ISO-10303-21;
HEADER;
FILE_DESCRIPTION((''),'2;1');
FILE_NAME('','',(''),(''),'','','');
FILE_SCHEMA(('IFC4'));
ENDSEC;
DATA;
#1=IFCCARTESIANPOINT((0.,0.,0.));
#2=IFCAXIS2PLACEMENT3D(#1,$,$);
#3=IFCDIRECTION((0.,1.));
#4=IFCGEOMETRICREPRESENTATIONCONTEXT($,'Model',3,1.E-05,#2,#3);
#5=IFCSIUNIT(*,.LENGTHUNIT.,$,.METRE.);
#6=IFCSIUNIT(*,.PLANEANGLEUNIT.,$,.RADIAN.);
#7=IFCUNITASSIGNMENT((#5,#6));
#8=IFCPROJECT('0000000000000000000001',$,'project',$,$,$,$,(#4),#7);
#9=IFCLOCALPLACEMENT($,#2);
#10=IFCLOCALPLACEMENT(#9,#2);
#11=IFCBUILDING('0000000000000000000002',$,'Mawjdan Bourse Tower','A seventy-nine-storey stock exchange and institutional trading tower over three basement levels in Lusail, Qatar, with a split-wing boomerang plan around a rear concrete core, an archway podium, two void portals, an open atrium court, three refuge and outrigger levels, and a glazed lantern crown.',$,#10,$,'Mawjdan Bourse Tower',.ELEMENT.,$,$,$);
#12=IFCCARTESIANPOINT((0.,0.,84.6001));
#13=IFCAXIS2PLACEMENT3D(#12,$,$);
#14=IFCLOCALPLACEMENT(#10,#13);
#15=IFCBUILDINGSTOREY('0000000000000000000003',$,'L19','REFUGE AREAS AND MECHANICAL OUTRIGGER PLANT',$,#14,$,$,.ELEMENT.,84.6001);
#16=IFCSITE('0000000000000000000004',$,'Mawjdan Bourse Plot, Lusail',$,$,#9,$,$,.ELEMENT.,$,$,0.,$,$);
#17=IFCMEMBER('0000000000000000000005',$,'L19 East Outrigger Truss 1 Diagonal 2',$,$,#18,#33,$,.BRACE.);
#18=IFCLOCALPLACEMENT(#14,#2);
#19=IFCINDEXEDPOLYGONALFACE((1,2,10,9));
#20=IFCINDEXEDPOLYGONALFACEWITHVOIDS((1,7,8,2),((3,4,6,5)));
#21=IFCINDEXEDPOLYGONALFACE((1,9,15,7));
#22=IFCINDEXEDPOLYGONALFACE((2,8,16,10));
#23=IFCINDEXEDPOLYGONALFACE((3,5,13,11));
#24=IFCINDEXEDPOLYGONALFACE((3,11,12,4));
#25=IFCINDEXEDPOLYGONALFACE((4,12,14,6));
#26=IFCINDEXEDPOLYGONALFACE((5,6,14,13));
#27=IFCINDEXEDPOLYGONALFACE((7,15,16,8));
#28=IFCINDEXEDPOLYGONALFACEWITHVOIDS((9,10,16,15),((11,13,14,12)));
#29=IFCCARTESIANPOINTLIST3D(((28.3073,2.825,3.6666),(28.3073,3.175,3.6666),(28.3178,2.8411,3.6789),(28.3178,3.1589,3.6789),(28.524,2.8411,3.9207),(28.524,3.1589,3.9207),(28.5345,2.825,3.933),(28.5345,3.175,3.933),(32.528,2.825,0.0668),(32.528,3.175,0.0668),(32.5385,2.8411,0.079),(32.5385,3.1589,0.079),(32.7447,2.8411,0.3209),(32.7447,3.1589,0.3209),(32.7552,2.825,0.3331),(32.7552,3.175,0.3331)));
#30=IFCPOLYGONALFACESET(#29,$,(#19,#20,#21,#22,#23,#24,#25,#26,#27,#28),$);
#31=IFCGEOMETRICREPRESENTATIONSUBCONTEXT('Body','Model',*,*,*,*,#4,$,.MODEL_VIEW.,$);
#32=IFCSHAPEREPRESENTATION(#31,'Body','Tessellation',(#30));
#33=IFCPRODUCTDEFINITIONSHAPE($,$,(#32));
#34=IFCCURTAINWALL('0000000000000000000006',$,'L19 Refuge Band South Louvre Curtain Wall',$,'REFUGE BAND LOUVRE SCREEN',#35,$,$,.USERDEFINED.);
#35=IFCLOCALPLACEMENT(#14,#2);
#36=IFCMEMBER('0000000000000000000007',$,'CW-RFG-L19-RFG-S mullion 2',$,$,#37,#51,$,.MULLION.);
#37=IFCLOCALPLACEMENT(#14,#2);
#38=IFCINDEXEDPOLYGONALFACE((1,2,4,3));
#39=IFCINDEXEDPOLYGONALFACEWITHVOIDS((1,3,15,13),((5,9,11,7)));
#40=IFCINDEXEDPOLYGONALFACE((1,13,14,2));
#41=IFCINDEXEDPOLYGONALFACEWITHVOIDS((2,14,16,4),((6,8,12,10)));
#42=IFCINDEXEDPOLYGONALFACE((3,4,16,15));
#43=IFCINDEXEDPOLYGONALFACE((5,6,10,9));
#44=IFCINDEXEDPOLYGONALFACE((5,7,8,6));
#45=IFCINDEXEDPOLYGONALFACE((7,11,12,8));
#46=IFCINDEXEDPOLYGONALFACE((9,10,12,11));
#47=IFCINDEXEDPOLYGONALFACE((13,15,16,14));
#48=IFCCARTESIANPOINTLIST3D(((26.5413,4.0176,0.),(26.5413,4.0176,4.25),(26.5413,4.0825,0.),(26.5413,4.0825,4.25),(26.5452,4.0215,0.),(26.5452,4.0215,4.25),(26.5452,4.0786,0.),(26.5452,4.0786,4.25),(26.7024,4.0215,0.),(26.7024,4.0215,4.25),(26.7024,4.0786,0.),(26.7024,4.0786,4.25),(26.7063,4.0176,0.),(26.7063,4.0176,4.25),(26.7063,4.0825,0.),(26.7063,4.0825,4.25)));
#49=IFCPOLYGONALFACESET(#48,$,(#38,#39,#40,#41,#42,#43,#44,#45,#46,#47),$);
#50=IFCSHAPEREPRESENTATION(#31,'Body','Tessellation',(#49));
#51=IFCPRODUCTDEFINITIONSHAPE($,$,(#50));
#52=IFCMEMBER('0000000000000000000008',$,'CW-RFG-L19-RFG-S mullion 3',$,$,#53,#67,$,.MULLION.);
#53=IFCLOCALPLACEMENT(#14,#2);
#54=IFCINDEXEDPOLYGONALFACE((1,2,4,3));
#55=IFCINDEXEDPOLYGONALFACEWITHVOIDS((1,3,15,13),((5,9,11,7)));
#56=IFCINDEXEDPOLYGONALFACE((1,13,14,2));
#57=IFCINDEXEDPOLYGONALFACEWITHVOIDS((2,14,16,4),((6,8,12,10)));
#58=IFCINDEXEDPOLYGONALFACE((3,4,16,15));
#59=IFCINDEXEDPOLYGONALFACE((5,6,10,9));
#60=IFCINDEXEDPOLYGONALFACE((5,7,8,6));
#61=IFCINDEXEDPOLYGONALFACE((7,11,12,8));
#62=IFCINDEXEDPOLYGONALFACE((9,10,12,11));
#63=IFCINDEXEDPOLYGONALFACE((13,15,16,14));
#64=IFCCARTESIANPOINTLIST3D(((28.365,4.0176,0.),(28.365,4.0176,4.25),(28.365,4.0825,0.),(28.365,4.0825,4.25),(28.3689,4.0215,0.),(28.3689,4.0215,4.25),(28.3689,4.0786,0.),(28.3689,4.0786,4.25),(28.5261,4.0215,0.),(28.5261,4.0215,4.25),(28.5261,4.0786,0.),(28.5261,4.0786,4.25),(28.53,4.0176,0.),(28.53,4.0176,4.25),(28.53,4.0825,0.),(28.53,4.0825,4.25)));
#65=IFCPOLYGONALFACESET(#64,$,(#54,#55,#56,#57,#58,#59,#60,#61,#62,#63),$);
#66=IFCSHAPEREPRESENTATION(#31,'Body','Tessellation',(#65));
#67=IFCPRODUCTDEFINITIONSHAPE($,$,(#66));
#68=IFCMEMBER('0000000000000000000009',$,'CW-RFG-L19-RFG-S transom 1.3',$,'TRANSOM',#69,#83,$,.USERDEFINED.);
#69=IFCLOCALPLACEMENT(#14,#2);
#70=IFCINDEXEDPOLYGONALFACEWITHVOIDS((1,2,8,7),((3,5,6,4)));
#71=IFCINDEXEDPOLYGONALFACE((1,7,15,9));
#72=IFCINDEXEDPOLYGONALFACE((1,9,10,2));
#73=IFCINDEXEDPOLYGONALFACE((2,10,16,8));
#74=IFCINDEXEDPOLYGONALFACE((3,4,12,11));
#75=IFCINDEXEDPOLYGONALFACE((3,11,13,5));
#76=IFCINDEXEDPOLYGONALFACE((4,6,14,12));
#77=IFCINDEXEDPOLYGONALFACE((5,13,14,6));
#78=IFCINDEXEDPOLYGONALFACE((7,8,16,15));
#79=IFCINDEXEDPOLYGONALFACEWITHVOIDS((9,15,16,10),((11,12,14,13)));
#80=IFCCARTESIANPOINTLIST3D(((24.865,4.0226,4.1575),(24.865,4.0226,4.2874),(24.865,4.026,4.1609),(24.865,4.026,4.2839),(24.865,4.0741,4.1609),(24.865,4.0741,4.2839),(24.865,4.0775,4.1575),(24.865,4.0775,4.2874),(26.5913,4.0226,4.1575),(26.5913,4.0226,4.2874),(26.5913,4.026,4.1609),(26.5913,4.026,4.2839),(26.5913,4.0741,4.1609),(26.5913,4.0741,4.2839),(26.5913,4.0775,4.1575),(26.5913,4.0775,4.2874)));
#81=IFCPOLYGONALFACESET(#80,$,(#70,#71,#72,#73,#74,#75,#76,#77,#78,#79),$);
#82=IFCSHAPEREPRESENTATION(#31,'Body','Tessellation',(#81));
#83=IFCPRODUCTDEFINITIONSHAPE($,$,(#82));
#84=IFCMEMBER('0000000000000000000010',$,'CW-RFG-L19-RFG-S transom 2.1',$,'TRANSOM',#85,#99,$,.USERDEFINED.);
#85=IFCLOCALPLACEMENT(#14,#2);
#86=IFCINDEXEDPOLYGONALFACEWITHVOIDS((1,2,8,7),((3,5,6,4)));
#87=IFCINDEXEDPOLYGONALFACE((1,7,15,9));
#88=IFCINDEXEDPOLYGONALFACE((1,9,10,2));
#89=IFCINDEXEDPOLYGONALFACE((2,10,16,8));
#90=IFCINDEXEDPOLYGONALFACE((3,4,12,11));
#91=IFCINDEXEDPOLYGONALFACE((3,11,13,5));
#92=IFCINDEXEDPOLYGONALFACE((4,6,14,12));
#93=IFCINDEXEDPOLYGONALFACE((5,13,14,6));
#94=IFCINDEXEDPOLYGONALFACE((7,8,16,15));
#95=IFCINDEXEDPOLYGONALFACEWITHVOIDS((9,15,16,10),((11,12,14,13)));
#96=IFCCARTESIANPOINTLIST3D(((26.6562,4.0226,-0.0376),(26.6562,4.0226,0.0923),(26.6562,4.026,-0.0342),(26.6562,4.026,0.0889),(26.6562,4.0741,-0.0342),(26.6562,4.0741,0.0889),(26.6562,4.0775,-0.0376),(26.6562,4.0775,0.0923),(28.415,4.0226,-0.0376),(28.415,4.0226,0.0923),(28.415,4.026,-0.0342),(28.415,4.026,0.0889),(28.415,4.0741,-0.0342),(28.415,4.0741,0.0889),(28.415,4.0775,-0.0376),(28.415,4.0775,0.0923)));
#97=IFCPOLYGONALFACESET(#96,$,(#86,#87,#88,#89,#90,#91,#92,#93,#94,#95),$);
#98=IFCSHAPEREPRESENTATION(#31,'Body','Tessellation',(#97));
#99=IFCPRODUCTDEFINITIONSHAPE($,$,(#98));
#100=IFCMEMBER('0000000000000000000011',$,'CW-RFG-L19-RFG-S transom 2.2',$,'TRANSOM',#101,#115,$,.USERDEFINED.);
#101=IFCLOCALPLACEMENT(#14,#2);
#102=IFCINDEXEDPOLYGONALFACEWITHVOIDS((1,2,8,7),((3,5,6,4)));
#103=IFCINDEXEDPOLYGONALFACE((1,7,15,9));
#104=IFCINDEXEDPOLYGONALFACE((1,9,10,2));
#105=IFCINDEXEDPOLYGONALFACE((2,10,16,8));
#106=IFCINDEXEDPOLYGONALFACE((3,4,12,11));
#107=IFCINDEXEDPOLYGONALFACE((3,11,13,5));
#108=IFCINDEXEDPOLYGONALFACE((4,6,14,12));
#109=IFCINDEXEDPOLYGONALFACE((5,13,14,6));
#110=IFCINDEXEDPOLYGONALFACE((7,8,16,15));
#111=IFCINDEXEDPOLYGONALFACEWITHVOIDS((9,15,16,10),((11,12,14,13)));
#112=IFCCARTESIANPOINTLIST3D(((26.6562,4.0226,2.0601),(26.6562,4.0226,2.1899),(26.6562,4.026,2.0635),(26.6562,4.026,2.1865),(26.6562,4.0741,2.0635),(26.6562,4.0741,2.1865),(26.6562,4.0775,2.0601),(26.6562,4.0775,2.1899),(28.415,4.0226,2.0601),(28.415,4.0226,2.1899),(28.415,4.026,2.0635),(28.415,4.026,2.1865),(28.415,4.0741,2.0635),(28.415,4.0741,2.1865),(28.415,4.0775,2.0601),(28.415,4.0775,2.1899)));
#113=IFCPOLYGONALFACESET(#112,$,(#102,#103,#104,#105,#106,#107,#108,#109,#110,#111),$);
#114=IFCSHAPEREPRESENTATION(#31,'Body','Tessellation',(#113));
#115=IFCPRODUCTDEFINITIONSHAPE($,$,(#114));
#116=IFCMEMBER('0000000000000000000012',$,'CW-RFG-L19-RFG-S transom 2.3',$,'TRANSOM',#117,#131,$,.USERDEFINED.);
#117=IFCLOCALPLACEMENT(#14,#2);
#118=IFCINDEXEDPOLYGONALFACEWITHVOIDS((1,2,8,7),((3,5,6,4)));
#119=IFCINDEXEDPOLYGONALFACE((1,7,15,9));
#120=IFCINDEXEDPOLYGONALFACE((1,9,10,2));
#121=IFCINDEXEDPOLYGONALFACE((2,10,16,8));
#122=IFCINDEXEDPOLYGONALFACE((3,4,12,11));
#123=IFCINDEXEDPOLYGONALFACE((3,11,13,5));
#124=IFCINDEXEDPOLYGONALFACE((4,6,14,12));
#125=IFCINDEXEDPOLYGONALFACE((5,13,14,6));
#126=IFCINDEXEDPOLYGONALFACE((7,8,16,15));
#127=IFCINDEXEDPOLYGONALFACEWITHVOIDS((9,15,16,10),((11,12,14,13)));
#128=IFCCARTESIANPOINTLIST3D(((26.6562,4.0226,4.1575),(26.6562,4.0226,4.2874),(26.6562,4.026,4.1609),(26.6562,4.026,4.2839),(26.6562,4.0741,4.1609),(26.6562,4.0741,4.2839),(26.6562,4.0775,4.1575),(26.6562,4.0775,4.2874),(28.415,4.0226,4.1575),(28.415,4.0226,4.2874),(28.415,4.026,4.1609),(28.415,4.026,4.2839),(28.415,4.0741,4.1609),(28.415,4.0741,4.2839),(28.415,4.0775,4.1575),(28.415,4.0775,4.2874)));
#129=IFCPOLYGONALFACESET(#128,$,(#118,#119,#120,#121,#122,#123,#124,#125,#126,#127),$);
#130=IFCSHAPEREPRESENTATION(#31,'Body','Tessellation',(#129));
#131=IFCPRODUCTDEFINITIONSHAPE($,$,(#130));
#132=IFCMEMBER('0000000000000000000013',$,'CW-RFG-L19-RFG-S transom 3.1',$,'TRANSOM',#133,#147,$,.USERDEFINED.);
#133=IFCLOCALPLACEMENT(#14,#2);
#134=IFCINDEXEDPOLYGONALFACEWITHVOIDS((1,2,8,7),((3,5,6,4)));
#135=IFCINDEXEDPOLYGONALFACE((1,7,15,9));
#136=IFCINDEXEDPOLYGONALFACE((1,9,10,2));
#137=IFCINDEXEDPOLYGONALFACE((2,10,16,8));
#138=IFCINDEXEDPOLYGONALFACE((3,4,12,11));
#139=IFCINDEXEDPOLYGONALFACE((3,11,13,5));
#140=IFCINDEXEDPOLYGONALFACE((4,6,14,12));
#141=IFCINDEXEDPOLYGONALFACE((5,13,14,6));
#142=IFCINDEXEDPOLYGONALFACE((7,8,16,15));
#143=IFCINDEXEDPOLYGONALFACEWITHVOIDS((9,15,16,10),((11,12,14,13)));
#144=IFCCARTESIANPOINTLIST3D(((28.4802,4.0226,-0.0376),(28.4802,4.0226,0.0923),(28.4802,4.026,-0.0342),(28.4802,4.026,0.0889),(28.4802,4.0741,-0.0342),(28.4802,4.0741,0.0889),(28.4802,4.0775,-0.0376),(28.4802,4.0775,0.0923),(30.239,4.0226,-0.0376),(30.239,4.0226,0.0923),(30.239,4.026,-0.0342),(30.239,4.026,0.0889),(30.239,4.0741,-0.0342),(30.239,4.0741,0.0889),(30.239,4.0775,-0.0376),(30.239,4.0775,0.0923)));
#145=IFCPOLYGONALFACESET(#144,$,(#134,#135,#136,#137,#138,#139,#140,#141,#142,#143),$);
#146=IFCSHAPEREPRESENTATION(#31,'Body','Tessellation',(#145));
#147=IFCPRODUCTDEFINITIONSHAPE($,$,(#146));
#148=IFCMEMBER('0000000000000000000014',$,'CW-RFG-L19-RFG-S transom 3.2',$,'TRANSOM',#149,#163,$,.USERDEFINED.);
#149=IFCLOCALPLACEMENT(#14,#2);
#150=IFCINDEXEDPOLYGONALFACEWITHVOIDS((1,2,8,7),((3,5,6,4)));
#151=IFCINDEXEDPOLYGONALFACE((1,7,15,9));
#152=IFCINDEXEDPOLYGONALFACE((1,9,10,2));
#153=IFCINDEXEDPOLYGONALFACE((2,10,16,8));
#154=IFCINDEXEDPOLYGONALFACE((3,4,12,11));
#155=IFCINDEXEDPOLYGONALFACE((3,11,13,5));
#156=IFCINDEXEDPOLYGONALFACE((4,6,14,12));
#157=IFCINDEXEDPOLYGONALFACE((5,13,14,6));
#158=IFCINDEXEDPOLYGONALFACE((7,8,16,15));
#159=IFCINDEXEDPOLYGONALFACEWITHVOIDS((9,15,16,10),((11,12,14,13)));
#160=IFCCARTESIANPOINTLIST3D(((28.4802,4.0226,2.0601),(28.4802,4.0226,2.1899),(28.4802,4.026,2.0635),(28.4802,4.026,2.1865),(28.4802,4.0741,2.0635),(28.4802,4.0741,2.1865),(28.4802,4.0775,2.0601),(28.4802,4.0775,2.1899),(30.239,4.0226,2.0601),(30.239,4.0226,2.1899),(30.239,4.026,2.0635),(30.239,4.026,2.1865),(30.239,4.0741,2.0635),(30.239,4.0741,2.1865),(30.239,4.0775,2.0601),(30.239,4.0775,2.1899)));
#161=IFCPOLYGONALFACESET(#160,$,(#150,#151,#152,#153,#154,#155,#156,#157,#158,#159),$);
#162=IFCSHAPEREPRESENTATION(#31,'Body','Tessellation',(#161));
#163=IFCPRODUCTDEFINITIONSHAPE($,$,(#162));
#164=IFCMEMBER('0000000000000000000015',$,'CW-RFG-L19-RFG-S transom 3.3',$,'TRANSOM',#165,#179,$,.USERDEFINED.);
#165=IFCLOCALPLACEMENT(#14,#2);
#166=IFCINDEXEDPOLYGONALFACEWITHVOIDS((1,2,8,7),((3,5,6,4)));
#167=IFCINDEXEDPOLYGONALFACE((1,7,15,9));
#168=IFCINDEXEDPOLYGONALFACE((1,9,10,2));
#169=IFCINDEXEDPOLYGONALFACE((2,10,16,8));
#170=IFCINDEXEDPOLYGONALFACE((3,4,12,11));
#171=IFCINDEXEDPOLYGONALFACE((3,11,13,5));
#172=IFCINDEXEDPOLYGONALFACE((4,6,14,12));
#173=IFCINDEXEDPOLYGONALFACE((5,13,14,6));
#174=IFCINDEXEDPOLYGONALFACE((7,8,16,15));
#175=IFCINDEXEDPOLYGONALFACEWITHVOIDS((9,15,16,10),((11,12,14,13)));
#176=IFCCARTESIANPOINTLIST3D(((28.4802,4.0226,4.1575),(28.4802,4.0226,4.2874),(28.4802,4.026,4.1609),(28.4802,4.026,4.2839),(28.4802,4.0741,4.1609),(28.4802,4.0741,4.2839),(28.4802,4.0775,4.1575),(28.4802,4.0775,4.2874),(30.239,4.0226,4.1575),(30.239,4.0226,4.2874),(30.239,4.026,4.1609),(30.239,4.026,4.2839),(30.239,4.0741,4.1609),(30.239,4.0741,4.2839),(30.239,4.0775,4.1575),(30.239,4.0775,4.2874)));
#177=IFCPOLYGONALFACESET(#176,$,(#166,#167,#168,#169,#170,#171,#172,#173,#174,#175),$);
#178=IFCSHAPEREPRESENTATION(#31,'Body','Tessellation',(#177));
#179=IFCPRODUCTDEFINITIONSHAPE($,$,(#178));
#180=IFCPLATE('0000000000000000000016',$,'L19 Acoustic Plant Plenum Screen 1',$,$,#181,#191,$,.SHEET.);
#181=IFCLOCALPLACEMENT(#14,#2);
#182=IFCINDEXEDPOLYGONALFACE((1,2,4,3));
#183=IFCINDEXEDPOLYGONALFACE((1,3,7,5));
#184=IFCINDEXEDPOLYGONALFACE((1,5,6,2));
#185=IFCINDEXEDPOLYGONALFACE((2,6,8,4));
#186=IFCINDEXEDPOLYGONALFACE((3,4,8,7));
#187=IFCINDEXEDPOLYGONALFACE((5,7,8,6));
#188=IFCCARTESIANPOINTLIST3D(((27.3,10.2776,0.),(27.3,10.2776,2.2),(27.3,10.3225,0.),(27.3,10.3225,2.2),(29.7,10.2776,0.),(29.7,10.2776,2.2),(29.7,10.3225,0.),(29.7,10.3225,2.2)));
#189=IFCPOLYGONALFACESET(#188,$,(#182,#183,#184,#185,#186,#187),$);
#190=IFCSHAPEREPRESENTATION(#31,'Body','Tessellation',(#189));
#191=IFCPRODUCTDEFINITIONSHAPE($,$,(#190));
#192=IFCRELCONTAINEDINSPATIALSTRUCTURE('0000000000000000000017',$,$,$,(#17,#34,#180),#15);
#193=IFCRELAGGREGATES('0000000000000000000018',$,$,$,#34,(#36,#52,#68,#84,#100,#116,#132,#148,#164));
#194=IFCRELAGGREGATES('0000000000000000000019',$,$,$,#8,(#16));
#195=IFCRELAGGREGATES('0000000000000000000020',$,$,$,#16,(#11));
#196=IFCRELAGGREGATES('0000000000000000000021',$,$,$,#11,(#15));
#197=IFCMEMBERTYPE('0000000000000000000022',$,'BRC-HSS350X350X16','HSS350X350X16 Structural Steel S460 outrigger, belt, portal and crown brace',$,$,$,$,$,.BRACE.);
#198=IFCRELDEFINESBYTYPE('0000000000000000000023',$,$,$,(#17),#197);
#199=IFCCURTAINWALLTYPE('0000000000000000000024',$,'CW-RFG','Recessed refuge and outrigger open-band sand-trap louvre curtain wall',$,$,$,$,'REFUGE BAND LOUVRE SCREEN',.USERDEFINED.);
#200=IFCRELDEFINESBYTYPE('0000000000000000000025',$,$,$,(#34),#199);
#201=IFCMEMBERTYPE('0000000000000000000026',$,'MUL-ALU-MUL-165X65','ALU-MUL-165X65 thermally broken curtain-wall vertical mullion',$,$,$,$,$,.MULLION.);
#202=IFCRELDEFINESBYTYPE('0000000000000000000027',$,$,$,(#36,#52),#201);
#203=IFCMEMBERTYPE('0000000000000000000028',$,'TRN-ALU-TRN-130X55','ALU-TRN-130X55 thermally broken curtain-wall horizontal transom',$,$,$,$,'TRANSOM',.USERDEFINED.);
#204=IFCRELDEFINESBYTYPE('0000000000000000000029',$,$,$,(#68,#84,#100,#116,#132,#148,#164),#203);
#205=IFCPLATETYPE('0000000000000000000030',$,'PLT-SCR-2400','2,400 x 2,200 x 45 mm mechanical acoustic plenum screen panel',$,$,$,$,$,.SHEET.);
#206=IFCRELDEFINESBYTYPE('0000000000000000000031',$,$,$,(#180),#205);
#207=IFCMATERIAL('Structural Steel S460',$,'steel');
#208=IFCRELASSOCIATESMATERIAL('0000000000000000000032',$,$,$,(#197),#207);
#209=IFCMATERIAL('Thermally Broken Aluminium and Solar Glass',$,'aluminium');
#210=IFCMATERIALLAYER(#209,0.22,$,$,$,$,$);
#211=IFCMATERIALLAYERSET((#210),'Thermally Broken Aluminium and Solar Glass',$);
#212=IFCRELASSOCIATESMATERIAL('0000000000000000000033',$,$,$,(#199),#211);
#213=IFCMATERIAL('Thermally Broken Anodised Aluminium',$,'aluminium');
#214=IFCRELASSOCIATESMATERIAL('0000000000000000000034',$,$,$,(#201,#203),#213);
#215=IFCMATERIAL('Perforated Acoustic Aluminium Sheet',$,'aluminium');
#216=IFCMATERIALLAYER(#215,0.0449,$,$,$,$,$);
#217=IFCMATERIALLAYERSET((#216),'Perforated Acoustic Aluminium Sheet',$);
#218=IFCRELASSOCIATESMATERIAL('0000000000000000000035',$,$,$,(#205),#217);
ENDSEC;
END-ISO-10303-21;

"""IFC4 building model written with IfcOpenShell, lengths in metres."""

from ifc_helpers import new_model, si_unit, direction, frame, origin, origin_2d, place, context, subcontext, project, spatial, rectangle, hollow_rectangle, extrude, material, layer, layer_set, material_profile, profile_set, type_object, element, aggregate, save


model = new_model("IFC4")

# Units and contexts
model_context = context("Model", 3, precision=1e-05, world=origin(), true_north=direction((0.0, 1.0)))
body_context = subcontext(model_context, "Body", "Model", "MODEL_VIEW")
ifc_project = project(units=[si_unit("LENGTHUNIT", "METRE"), si_unit("PLANEANGLEUNIT", "RADIAN")], contexts=[model_context])

# Site, building, storey
site_placement = place(None, origin())
site = spatial("IfcSite", under=ifc_project, at=site_placement, Name="Mawjdan Bourse Plot, Lusail", CompositionType="ELEMENT", RefElevation=0.0)
building_placement = place(site_placement, origin())
building = spatial("IfcBuilding", under=site, at=building_placement, Name="Mawjdan Bourse Tower", Description="A seventy-nine-storey stock exchange and institutional trading tower over three basement levels in Lusail, Qatar, with a split-wing boomerang plan around a rear concrete core, an archway podium, two void portals, an open atrium court, three refuge and outrigger levels, and a glazed lantern crown.", LongName="Mawjdan Bourse Tower", CompositionType="ELEMENT")
storey_placement = place(building_placement, frame((0.0, 0.0, 84.6001)))
storey = spatial("IfcBuildingStorey", under=building, at=storey_placement, Name="L19", Description="REFUGE AREAS AND MECHANICAL OUTRIGGER PLANT", CompositionType="ELEMENT", Elevation=84.6001)

# Member
ifc_material_1 = material(Name="Structural Steel S460", Category="steel")
ifc_material_profile_1 = material_profile(ifc_material_1, hollow_rectangle(XDim=0.3501, YDim=0.3501, WallThickness=0.0161, at=origin_2d()), Name="HSS350X350X16")
ifc_profile_set_1 = profile_set([ifc_material_profile_1], Name="Structural Steel S460")
member_type_1 = type_object("IfcMemberType", Name="BRC-HSS350X350X16", Description="HSS350X350X16 Structural Steel S460 outrigger, belt, portal and crown brace", PredefinedType="BRACE", material=ifc_profile_set_1)
member_1_placement = place(storey_placement, frame((28.4209, 3.0, 3.7998), z_axis=(0.760848, 0.0, -0.64893), x_axis=(0.0, 1.0, 0.0)))
element("IfcMember", 1, at=member_1_placement, inside=storey, type_object=member_type_1, Name="L19 East Outrigger Truss 1 Diagonal 2", PredefinedType="BRACE", context=body_context, shape_type="SweptSolid", body=[
    extrude(hollow_rectangle(XDim=0.3501, YDim=0.3501, WallThickness=0.0161, at=origin_2d()), origin(), (0.0, 0.0, 1.0), 5.5474),
])

# Curtain wall, members
ifc_material_2 = material(Name="Thermally Broken Aluminium and Solar Glass", Category="aluminium")
ifc_layer_1 = layer(ifc_material_2, 0.22)
ifc_layer_set_1 = layer_set([ifc_layer_1], Name="Thermally Broken Aluminium and Solar Glass")
curtain_wall_type = type_object("IfcCurtainWallType", Name="CW-RFG", Description="Recessed refuge and outrigger open-band sand-trap louvre curtain wall", ElementType="REFUGE BAND LOUVRE SCREEN", PredefinedType="USERDEFINED", material=ifc_layer_set_1)
curtain_wall_placement = place(storey_placement, origin())
curtain_wall = element("IfcCurtainWall", 2, at=curtain_wall_placement, inside=storey, type_object=curtain_wall_type, Name="L19 Refuge Band South Louvre Curtain Wall", ObjectType="REFUGE BAND LOUVRE SCREEN", PredefinedType="USERDEFINED")
ifc_material_3 = material(Name="Thermally Broken Anodised Aluminium", Category="aluminium")
ifc_material_profile_2 = material_profile(ifc_material_3, hollow_rectangle(XDim=0.0649, YDim=0.165, WallThickness=0.0039, at=origin_2d()), Name="ALU-MUL-165X65")
ifc_profile_set_2 = profile_set([ifc_material_profile_2], Name="Thermally Broken Anodised Aluminium")
member_type_2 = type_object("IfcMemberType", Name="MUL-ALU-MUL-165X65", Description="ALU-MUL-165X65 thermally broken curtain-wall vertical mullion", PredefinedType="MULLION", material=ifc_profile_set_2)
member_2_placement = place(storey_placement, frame((26.6238, 4.05, 0.0), z_axis=(0.0, 0.0, 1.0), x_axis=(0.0, 1.0, 0.0)))
member_2 = element("IfcMember", 3, at=member_2_placement, type_object=member_type_2, Name="CW-RFG-L19-RFG-S mullion 2", PredefinedType="MULLION", context=body_context, shape_type="SweptSolid", body=[
    extrude(hollow_rectangle(XDim=0.0649, YDim=0.165, WallThickness=0.0039, at=origin_2d()), origin(), (0.0, 0.0, 1.0), 4.25),
])
member_3_placement = place(storey_placement, frame((28.4475, 4.05, 0.0), z_axis=(0.0, 0.0, 1.0), x_axis=(0.0, 1.0, 0.0)))
member_3 = element("IfcMember", 4, at=member_3_placement, type_object=member_type_2, Name="CW-RFG-L19-RFG-S mullion 3", PredefinedType="MULLION", context=body_context, shape_type="SweptSolid", body=[
    extrude(hollow_rectangle(XDim=0.0649, YDim=0.165, WallThickness=0.0039, at=origin_2d()), origin(), (0.0, 0.0, 1.0), 4.25),
])
ifc_material_profile_3 = material_profile(ifc_material_3, hollow_rectangle(XDim=0.0549, YDim=0.1299, WallThickness=0.0034, at=origin_2d()), Name="ALU-TRN-130X55")
ifc_profile_set_3 = profile_set([ifc_material_profile_3], Name="Thermally Broken Anodised Aluminium")
member_type_3 = type_object("IfcMemberType", Name="TRN-ALU-TRN-130X55", Description="ALU-TRN-130X55 thermally broken curtain-wall horizontal transom", ElementType="TRANSOM", PredefinedType="USERDEFINED", material=ifc_profile_set_3)
member_4_placement = place(storey_placement, frame((24.865, 4.05, 4.2224), z_axis=(1.0, 0.0, 0.0), x_axis=(0.0, 1.0, 0.0)))
member_4 = element("IfcMember", 5, at=member_4_placement, type_object=member_type_3, Name="CW-RFG-L19-RFG-S transom 1.3", ObjectType="TRANSOM", PredefinedType="USERDEFINED", context=body_context, shape_type="SweptSolid", body=[
    extrude(hollow_rectangle(XDim=0.0549, YDim=0.1299, WallThickness=0.0034, at=origin_2d()), origin(), (0.0, 0.0, 1.0), 1.7263),
])
member_5_placement = place(storey_placement, frame((26.6562, 4.05, 0.0273), z_axis=(1.0, 0.0, 0.0), x_axis=(0.0, 1.0, 0.0)))
member_5 = element("IfcMember", 6, at=member_5_placement, type_object=member_type_3, Name="CW-RFG-L19-RFG-S transom 2.1", ObjectType="TRANSOM", PredefinedType="USERDEFINED", context=body_context, shape_type="SweptSolid", body=[
    extrude(hollow_rectangle(XDim=0.0549, YDim=0.1299, WallThickness=0.0034, at=origin_2d()), origin(), (0.0, 0.0, 1.0), 1.7588),
])
member_6_placement = place(storey_placement, frame((26.6562, 4.05, 2.125), z_axis=(1.0, 0.0, 0.0), x_axis=(0.0, 1.0, 0.0)))
member_6 = element("IfcMember", 7, at=member_6_placement, type_object=member_type_3, Name="CW-RFG-L19-RFG-S transom 2.2", ObjectType="TRANSOM", PredefinedType="USERDEFINED", context=body_context, shape_type="SweptSolid", body=[
    extrude(hollow_rectangle(XDim=0.0549, YDim=0.1299, WallThickness=0.0034, at=origin_2d()), origin(), (0.0, 0.0, 1.0), 1.7588),
])
member_7_placement = place(storey_placement, frame((26.6562, 4.05, 4.2224), z_axis=(1.0, 0.0, 0.0), x_axis=(0.0, 1.0, 0.0)))
member_7 = element("IfcMember", 8, at=member_7_placement, type_object=member_type_3, Name="CW-RFG-L19-RFG-S transom 2.3", ObjectType="TRANSOM", PredefinedType="USERDEFINED", context=body_context, shape_type="SweptSolid", body=[
    extrude(hollow_rectangle(XDim=0.0549, YDim=0.1299, WallThickness=0.0034, at=origin_2d()), origin(), (0.0, 0.0, 1.0), 1.7588),
])
member_8_placement = place(storey_placement, frame((28.4802, 4.05, 0.0273), z_axis=(1.0, 0.0, 0.0), x_axis=(0.0, 1.0, 0.0)))
member_8 = element("IfcMember", 9, at=member_8_placement, type_object=member_type_3, Name="CW-RFG-L19-RFG-S transom 3.1", ObjectType="TRANSOM", PredefinedType="USERDEFINED", context=body_context, shape_type="SweptSolid", body=[
    extrude(hollow_rectangle(XDim=0.0549, YDim=0.1299, WallThickness=0.0034, at=origin_2d()), origin(), (0.0, 0.0, 1.0), 1.7588),
])
member_9_placement = place(storey_placement, frame((28.4802, 4.05, 2.125), z_axis=(1.0, 0.0, 0.0), x_axis=(0.0, 1.0, 0.0)))
member_9 = element("IfcMember", 10, at=member_9_placement, type_object=member_type_3, Name="CW-RFG-L19-RFG-S transom 3.2", ObjectType="TRANSOM", PredefinedType="USERDEFINED", context=body_context, shape_type="SweptSolid", body=[
    extrude(hollow_rectangle(XDim=0.0549, YDim=0.1299, WallThickness=0.0034, at=origin_2d()), origin(), (0.0, 0.0, 1.0), 1.7588),
])
member_10_placement = place(storey_placement, frame((28.4802, 4.05, 4.2224), z_axis=(1.0, 0.0, 0.0), x_axis=(0.0, 1.0, 0.0)))
member_10 = element("IfcMember", 11, at=member_10_placement, type_object=member_type_3, Name="CW-RFG-L19-RFG-S transom 3.3", ObjectType="TRANSOM", PredefinedType="USERDEFINED", context=body_context, shape_type="SweptSolid", body=[
    extrude(hollow_rectangle(XDim=0.0549, YDim=0.1299, WallThickness=0.0034, at=origin_2d()), origin(), (0.0, 0.0, 1.0), 1.7588),
])

# Plate
ifc_material_4 = material(Name="Perforated Acoustic Aluminium Sheet", Category="aluminium")
ifc_layer_2 = layer(ifc_material_4, 0.0449)
ifc_layer_set_2 = layer_set([ifc_layer_2], Name="Perforated Acoustic Aluminium Sheet")
plate_type_1 = type_object("IfcPlateType", Name="PLT-SCR-2400", Description="2,400 x 2,200 x 45 mm mechanical acoustic plenum screen panel", PredefinedType="SHEET", material=ifc_layer_set_2)
plate_1_placement = place(storey_placement, frame((28.5, 10.3, 0.0), z_axis=(0.0, 0.0, 1.0), x_axis=(1.0, 0.0, 0.0)))
element("IfcPlate", 12, at=plate_1_placement, inside=storey, type_object=plate_type_1, Name="L19 Acoustic Plant Plenum Screen 1", PredefinedType="SHEET", context=body_context, shape_type="SweptSolid", body=[
    extrude(rectangle(XDim=2.3999, YDim=0.0449, at=origin_2d()), origin(), (0.0, 0.0, 1.0), 2.2),
])
aggregate(curtain_wall, [member_2, member_3, member_4, member_5, member_6, member_7, member_8, member_9, member_10])

save(model, "model.ifc")
